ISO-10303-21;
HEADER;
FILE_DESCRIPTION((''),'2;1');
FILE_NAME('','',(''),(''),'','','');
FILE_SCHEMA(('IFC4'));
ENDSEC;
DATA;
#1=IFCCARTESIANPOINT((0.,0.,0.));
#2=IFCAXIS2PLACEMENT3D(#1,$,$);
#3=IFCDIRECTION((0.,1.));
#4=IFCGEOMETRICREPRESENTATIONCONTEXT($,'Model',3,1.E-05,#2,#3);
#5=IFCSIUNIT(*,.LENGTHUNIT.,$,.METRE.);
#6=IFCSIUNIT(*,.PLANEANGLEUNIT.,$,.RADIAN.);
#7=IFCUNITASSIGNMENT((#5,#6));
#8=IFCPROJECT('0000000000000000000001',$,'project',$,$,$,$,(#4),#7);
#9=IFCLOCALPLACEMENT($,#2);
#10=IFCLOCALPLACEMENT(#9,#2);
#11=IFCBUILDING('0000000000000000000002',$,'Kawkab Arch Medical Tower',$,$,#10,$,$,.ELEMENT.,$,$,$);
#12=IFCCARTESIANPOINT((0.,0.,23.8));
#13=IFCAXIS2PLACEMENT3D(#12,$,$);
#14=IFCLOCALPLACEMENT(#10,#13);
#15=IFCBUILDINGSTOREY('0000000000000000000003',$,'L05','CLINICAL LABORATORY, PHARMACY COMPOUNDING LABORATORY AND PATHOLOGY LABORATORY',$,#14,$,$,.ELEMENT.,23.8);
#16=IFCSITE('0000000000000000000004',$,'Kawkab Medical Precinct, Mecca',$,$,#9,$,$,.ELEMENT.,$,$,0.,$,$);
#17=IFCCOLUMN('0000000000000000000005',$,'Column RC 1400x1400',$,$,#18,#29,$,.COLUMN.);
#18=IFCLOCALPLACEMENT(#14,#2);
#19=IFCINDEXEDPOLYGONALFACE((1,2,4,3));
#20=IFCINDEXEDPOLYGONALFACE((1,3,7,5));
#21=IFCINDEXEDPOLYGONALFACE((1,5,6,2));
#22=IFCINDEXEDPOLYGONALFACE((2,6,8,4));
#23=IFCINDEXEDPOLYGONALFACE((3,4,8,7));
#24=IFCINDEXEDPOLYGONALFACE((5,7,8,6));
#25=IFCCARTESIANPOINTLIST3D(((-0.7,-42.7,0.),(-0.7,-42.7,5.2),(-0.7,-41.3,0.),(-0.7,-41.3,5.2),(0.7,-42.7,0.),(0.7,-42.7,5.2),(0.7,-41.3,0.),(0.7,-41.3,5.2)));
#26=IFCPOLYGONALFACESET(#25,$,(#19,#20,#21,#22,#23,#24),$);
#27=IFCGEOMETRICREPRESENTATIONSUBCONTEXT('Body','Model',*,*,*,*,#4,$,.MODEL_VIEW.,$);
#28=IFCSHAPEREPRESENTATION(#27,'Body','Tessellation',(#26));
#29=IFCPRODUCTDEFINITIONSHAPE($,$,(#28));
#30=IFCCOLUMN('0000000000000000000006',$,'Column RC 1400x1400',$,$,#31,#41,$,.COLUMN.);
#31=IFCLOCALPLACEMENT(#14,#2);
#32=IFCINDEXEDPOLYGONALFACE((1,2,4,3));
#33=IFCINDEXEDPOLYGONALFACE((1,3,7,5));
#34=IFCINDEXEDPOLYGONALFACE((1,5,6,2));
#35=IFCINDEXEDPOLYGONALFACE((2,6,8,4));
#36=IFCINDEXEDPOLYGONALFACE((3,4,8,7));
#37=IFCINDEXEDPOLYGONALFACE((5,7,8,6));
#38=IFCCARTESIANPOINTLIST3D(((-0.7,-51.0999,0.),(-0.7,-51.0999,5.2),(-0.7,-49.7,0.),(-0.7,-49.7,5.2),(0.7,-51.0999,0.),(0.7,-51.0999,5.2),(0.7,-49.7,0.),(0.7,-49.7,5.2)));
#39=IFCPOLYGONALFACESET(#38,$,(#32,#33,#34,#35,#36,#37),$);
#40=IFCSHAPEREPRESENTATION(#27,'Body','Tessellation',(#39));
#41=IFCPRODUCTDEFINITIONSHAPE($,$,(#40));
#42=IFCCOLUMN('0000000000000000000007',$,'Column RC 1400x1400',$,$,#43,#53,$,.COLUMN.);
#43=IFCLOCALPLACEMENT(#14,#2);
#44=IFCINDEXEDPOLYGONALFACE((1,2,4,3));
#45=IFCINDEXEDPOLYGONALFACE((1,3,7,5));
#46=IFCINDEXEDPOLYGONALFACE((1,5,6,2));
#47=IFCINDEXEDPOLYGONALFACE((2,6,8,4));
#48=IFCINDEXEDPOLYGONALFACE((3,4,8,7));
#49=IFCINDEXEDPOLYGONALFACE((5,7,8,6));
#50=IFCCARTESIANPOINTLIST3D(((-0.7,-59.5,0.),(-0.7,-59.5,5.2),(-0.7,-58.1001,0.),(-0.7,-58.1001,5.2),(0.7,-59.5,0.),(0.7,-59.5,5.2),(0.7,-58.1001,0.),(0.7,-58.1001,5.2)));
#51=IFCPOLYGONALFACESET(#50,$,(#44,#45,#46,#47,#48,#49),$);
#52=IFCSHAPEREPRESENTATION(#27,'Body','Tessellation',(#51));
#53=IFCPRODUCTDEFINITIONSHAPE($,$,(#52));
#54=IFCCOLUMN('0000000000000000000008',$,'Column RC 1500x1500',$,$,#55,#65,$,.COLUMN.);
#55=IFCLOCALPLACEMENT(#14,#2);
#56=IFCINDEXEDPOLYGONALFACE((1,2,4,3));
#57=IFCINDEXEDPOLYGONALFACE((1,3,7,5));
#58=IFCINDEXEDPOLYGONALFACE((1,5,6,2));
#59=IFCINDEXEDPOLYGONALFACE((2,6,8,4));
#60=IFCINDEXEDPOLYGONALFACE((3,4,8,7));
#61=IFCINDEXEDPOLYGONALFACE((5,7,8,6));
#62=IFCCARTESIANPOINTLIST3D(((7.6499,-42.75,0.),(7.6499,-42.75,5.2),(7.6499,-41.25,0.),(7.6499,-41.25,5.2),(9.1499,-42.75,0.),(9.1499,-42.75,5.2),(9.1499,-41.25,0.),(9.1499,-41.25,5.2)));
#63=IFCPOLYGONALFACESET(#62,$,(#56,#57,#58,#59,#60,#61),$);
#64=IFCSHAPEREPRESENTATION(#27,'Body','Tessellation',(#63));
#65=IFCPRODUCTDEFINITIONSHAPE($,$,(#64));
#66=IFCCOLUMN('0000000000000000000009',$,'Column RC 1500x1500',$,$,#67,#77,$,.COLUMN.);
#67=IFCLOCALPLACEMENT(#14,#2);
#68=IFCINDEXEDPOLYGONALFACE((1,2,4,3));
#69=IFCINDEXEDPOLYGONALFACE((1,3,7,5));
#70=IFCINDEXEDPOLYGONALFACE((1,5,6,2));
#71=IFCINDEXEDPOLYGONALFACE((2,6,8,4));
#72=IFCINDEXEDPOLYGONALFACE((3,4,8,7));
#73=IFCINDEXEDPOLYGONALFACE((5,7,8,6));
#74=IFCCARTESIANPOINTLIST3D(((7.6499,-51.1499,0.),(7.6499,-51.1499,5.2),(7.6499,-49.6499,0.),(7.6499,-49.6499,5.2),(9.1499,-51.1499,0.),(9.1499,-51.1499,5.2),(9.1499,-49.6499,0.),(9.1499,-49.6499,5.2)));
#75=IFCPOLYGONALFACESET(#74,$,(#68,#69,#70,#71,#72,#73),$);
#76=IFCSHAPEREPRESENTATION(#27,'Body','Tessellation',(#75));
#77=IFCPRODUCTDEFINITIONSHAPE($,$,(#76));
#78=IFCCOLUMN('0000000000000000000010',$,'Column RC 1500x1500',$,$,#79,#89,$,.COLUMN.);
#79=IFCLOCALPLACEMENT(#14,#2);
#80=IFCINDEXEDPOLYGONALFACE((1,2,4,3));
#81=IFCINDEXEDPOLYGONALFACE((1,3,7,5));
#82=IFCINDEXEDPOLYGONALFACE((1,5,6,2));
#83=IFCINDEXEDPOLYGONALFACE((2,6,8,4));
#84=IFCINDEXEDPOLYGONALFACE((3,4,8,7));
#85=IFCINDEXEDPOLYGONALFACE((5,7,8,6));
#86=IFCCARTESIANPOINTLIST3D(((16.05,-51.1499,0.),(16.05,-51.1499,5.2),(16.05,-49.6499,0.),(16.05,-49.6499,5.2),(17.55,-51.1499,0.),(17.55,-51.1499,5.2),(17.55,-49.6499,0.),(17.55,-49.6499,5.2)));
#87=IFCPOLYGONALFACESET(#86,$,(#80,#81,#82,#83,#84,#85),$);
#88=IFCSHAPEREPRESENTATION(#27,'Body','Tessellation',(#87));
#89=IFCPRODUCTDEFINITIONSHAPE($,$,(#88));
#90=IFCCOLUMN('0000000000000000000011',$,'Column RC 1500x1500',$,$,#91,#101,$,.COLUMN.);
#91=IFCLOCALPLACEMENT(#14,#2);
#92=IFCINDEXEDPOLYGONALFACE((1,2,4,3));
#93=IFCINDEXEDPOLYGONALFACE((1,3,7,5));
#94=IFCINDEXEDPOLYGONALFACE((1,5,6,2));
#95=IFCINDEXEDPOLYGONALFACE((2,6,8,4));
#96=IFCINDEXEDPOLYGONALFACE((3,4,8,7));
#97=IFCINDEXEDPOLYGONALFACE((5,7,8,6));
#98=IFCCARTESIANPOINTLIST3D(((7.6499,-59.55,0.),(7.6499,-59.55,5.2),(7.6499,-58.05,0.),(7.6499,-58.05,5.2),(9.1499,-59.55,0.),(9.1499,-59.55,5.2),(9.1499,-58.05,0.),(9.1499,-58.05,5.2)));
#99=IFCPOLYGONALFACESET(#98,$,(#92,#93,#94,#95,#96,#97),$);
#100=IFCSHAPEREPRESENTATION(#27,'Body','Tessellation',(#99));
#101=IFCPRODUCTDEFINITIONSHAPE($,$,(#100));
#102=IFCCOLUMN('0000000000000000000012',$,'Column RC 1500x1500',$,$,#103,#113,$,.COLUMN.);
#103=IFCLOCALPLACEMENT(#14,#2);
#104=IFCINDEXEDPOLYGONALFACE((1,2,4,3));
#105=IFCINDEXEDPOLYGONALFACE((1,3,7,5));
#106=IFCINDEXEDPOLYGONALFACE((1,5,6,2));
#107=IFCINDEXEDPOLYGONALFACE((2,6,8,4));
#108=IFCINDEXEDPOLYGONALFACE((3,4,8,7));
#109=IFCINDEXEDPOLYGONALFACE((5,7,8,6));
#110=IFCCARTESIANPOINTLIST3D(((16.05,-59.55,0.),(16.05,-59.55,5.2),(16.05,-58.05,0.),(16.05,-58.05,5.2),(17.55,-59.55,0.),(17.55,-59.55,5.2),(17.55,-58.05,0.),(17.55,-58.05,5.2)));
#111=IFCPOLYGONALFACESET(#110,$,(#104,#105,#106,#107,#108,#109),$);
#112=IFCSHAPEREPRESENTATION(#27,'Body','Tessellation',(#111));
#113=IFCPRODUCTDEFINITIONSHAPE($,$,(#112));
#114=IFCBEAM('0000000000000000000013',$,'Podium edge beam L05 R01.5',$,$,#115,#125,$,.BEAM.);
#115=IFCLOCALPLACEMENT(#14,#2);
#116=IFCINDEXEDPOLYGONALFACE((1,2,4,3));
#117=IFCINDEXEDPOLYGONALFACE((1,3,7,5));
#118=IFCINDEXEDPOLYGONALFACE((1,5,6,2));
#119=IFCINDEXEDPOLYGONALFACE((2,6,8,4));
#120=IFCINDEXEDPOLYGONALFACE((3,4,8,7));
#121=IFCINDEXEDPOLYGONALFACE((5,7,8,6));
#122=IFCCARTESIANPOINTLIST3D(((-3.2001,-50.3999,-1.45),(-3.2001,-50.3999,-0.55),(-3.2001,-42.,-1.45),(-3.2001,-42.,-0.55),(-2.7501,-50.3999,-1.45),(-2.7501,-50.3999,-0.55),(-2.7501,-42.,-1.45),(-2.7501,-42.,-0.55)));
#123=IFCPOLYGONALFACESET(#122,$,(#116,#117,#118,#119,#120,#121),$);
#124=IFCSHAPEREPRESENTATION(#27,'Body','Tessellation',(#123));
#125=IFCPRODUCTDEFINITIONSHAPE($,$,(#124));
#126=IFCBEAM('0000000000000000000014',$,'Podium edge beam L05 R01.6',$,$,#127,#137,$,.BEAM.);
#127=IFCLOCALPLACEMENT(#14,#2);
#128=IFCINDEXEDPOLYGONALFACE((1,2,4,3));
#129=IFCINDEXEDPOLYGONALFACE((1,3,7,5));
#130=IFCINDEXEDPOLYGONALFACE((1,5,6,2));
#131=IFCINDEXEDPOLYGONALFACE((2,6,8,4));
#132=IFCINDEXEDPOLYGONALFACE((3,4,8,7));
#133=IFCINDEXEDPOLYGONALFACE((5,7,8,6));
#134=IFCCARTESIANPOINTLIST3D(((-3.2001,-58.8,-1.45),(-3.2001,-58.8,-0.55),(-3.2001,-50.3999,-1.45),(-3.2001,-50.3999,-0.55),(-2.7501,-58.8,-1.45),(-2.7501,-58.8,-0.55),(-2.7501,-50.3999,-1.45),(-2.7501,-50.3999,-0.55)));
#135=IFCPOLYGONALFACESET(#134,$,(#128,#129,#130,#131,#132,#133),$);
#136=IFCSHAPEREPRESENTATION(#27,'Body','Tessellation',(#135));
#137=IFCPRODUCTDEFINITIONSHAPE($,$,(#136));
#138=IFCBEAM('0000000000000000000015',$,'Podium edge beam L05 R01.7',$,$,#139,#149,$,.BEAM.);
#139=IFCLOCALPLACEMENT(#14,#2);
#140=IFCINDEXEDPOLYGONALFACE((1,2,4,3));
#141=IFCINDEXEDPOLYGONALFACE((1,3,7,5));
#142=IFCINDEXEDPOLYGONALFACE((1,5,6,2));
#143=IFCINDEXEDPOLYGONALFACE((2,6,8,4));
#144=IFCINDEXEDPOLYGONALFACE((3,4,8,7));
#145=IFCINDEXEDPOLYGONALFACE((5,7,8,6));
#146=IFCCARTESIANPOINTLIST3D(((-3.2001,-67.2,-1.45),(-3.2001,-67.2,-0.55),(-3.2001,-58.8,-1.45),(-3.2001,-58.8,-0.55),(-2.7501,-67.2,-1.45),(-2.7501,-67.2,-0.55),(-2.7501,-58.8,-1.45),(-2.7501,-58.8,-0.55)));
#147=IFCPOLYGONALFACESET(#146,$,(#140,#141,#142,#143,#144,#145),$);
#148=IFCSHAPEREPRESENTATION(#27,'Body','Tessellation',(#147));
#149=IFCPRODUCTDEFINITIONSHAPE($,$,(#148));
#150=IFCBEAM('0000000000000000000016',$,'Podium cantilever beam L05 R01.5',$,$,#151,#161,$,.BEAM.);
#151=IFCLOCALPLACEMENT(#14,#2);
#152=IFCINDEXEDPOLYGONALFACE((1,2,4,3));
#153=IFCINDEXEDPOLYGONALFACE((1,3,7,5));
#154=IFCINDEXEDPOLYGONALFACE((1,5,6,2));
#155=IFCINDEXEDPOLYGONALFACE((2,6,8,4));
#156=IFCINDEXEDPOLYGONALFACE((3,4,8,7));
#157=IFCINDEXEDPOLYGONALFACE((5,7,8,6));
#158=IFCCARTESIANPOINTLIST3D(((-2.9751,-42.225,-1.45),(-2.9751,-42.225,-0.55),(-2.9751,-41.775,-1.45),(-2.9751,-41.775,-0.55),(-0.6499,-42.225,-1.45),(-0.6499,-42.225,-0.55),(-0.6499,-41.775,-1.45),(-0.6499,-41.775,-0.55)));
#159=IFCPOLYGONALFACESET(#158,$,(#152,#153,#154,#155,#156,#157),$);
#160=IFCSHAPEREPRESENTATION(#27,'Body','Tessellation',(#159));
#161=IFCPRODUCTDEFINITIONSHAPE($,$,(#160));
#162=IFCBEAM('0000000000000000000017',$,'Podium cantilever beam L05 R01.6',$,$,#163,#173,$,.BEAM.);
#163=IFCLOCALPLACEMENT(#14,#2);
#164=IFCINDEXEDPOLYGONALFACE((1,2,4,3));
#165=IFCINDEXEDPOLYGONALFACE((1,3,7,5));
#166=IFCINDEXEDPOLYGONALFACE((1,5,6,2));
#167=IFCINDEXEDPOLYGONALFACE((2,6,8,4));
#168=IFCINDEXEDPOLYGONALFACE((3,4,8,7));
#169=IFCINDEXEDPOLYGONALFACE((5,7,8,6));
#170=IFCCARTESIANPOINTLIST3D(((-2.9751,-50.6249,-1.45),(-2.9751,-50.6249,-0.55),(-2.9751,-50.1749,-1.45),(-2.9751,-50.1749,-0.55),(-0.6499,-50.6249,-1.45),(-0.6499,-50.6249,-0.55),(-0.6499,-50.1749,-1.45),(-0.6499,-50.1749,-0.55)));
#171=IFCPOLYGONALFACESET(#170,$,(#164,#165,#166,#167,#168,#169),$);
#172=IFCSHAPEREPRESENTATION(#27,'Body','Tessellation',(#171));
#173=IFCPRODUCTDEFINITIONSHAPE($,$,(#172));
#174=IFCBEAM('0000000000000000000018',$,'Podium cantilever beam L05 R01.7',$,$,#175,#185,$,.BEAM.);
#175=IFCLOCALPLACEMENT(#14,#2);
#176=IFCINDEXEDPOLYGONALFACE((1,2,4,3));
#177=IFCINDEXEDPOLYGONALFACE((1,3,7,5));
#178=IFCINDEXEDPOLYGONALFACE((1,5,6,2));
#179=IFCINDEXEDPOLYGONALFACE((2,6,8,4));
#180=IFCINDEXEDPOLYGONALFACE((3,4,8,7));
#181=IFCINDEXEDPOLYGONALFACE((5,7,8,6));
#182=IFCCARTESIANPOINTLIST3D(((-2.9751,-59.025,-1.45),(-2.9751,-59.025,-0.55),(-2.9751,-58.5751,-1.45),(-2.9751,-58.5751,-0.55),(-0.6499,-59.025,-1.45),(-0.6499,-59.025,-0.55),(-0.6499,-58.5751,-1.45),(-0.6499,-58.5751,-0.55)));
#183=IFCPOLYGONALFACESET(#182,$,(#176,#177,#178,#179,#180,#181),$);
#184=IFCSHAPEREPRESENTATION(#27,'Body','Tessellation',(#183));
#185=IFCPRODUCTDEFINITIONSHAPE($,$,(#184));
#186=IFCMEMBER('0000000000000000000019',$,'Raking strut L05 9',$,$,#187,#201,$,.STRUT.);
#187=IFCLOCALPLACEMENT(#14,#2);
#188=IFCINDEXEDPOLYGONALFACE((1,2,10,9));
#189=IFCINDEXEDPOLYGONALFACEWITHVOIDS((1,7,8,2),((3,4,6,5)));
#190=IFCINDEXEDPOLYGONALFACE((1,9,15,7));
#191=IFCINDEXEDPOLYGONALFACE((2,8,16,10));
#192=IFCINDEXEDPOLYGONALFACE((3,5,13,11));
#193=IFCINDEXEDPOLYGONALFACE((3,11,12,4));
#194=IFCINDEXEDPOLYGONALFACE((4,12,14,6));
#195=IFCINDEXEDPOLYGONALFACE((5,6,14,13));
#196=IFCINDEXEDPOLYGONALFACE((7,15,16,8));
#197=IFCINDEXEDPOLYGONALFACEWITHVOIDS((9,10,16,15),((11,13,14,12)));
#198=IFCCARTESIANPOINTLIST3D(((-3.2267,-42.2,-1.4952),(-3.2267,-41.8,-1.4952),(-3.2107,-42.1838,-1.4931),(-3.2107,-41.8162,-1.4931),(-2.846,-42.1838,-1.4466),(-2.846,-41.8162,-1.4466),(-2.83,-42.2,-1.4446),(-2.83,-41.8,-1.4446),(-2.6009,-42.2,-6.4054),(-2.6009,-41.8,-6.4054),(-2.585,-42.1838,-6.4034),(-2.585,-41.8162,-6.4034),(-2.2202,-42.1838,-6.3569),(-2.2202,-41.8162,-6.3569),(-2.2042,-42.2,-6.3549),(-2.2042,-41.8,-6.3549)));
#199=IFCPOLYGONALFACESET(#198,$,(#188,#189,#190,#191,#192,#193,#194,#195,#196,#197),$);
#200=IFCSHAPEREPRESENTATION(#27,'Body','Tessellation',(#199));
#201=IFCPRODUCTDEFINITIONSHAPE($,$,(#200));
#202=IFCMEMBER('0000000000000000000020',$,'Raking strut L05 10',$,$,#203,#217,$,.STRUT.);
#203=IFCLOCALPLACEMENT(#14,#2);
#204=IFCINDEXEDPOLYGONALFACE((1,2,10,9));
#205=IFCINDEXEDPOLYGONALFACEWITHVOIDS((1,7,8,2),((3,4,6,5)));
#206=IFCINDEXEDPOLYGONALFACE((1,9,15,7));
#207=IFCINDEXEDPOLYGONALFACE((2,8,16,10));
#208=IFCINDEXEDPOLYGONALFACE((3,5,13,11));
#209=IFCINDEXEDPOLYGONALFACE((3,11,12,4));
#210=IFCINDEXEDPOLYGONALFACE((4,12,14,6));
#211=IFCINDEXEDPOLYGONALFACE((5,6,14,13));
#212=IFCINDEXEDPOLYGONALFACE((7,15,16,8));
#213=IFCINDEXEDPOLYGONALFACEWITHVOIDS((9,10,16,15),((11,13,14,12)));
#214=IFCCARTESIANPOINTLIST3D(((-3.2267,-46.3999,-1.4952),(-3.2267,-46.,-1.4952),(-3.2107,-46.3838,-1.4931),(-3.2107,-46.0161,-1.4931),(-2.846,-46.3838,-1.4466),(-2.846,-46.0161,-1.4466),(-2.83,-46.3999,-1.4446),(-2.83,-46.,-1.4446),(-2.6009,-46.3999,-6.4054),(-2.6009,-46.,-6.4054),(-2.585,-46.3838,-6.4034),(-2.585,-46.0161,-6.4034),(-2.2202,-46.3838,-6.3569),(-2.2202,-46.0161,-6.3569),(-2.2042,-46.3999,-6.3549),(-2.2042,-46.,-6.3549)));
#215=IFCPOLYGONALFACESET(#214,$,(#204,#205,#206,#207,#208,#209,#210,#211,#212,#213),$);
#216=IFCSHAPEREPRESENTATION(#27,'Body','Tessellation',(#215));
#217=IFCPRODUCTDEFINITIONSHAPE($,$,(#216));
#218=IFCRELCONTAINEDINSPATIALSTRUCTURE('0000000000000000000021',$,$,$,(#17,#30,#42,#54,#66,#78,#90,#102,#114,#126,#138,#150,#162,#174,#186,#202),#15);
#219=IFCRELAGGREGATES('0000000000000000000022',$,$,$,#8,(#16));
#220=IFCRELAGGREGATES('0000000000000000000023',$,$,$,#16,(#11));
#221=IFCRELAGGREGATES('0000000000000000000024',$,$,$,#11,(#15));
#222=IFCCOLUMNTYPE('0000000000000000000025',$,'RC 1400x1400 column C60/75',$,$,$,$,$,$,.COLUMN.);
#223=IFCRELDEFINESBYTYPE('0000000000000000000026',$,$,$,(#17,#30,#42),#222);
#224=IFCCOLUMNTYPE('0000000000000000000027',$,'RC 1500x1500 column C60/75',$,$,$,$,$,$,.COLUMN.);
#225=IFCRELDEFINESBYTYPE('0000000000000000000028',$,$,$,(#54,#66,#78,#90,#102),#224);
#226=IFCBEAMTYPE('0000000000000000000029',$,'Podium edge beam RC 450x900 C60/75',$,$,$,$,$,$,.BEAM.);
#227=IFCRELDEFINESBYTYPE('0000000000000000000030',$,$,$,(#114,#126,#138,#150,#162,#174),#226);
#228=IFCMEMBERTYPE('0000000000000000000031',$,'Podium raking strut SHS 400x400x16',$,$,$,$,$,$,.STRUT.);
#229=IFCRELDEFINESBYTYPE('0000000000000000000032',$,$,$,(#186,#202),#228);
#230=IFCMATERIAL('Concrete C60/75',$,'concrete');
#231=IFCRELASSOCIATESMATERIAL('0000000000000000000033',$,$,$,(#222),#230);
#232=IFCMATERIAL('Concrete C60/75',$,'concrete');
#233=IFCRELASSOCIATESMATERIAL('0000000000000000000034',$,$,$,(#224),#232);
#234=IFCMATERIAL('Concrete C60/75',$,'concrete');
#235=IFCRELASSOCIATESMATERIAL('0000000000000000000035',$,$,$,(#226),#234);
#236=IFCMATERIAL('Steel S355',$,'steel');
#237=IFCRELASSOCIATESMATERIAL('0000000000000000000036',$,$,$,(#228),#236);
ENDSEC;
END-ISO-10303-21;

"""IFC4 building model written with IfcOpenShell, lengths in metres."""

from ifc_helpers import new_model, si_unit, direction, frame, origin, origin_2d, place, context, subcontext, project, spatial, rectangle, hollow_rectangle, extrude, material, material_profile, profile_set, type_object, element, save


model = new_model("IFC4")

# Units and contexts
model_context = context("Model", 3, precision=1e-05, world=origin(), true_north=direction((0.0, 1.0)))
body_context = subcontext(model_context, "Body", "Model", "MODEL_VIEW")
ifc_project = project(units=[si_unit("LENGTHUNIT", "METRE"), si_unit("PLANEANGLEUNIT", "RADIAN")], contexts=[model_context])

# Site, building, storey
site_placement = place(None, origin())
site = spatial("IfcSite", under=ifc_project, at=site_placement, Name="Kawkab Medical Precinct, Mecca", CompositionType="ELEMENT", RefElevation=0.0)
building_placement = place(site_placement, origin())
building = spatial("IfcBuilding", under=site, at=building_placement, Name="Kawkab Arch Medical Tower", CompositionType="ELEMENT")
storey_placement = place(building_placement, frame((0.0, 0.0, 23.8)))
storey = spatial("IfcBuildingStorey", under=building, at=storey_placement, Name="L05", Description="CLINICAL LABORATORY, PHARMACY COMPOUNDING LABORATORY AND PATHOLOGY LABORATORY", CompositionType="ELEMENT", Elevation=23.8)

# Columns
ifc_material_1 = material(Name="Concrete C60/75", Category="concrete")
ifc_material_profile_1 = material_profile(ifc_material_1, rectangle(XDim=1.3999, YDim=1.3999, at=origin_2d()), Name="RC 1400x1400")
ifc_profile_set_1 = profile_set([ifc_material_profile_1], Name="Concrete C60/75")
column_type_1 = type_object("IfcColumnType", Name="RC 1400x1400 column C60/75", PredefinedType="COLUMN", material=ifc_profile_set_1)
for number, where, z_axis, x_axis, name in (
    (1, (0.0, -42.0, 0.0), (0.0, 0.0, 1.0), (1.0, 0.0, 0.0), "Column RC 1400x1400"),
    (2, (0.0, -50.3999, 0.0), (0.0, 0.0, 1.0), (1.0, 0.0, 0.0), "Column RC 1400x1400"),
    (3, (0.0, -58.8, 0.0), (0.0, 0.0, 1.0), (1.0, 0.0, 0.0), "Column RC 1400x1400"),
):
    element("IfcColumn", number, at=place(storey_placement, frame(where, z_axis=z_axis, x_axis=x_axis)), inside=storey, type_object=column_type_1, Name=name, PredefinedType="COLUMN", context=body_context, shape_type="SweptSolid", body=[
        extrude(rectangle(XDim=1.3999, YDim=1.3999, at=origin_2d()), origin(), (0.0, 0.0, 1.0), 5.2),
    ])
ifc_material_2 = material(Name="Concrete C60/75", Category="concrete")
ifc_material_profile_2 = material_profile(ifc_material_2, rectangle(XDim=1.5, YDim=1.5, at=origin_2d()), Name="RC 1500x1500")
ifc_profile_set_2 = profile_set([ifc_material_profile_2], Name="Concrete C60/75")
column_type_2 = type_object("IfcColumnType", Name="RC 1500x1500 column C60/75", PredefinedType="COLUMN", material=ifc_profile_set_2)
for number, where, z_axis, x_axis, name in (
    (4, (8.3999, -42.0, 0.0), (0.0, 0.0, 1.0), (1.0, 0.0, 0.0), "Column RC 1500x1500"),
    (5, (8.3999, -50.3999, 0.0), (0.0, 0.0, 1.0), (1.0, 0.0, 0.0), "Column RC 1500x1500"),
    (6, (16.8, -50.3999, 0.0), (0.0, 0.0, 1.0), (1.0, 0.0, 0.0), "Column RC 1500x1500"),
    (7, (8.3999, -58.8, 0.0), (0.0, 0.0, 1.0), (1.0, 0.0, 0.0), "Column RC 1500x1500"),
    (8, (16.8, -58.8, 0.0), (0.0, 0.0, 1.0), (1.0, 0.0, 0.0), "Column RC 1500x1500"),
):
    element("IfcColumn", number, at=place(storey_placement, frame(where, z_axis=z_axis, x_axis=x_axis)), inside=storey, type_object=column_type_2, Name=name, PredefinedType="COLUMN", context=body_context, shape_type="SweptSolid", body=[
        extrude(rectangle(XDim=1.5, YDim=1.5, at=origin_2d()), origin(), (0.0, 0.0, 1.0), 5.2),
    ])

# Beams
ifc_material_3 = material(Name="Concrete C60/75", Category="concrete")
ifc_material_profile_3 = material_profile(ifc_material_3, rectangle(XDim=0.45, YDim=0.8999, at=origin_2d()), Name="RC 450x900")
ifc_profile_set_3 = profile_set([ifc_material_profile_3], Name="Concrete C60/75")
beam_type_1 = type_object("IfcBeamType", Name="Podium edge beam RC 450x900 C60/75", PredefinedType="BEAM", material=ifc_profile_set_3)
beam_1_placement = place(storey_placement, frame((-2.9751, -42.0, -1.0), z_axis=(0.0, -1.0, 0.0), x_axis=(1.0, 0.0, 0.0)))
element("IfcBeam", 9, at=beam_1_placement, inside=storey, type_object=beam_type_1, Name="Podium edge beam L05 R01.5", PredefinedType="BEAM", context=body_context, shape_type="SweptSolid", body=[
    extrude(rectangle(XDim=0.45, YDim=0.8999, at=origin_2d()), origin(), (0.0, 0.0, 1.0), 8.3999),
])
beam_2_placement = place(storey_placement, frame((-2.9751, -50.3999, -1.0), z_axis=(0.0, -1.0, 0.0), x_axis=(1.0, 0.0, 0.0)))
element("IfcBeam", 10, at=beam_2_placement, inside=storey, type_object=beam_type_1, Name="Podium edge beam L05 R01.6", PredefinedType="BEAM", context=body_context, shape_type="SweptSolid", body=[
    extrude(rectangle(XDim=0.45, YDim=0.8999, at=origin_2d()), origin(), (0.0, 0.0, 1.0), 8.4001),
])
beam_3_placement = place(storey_placement, frame((-2.9751, -58.8, -1.0), z_axis=(0.0, -1.0, 0.0), x_axis=(1.0, 0.0, 0.0)))
element("IfcBeam", 11, at=beam_3_placement, inside=storey, type_object=beam_type_1, Name="Podium edge beam L05 R01.7", PredefinedType="BEAM", context=body_context, shape_type="SweptSolid", body=[
    extrude(rectangle(XDim=0.45, YDim=0.8999, at=origin_2d()), origin(), (0.0, 0.0, 1.0), 8.3999),
])
for number, where, z_axis, x_axis, name in (
    (12, (-0.6499, -42.0, -1.0), (-1.0, 0.0, 0.0), (0.0, -1.0, 0.0), "Podium cantilever beam L05 R01.5"),
    (13, (-0.6499, -50.3999, -1.0), (-1.0, 0.0, 0.0), (0.0, -1.0, 0.0), "Podium cantilever beam L05 R01.6"),
    (14, (-0.6499, -58.8, -1.0), (-1.0, 0.0, 0.0), (0.0, -1.0, 0.0), "Podium cantilever beam L05 R01.7"),
):
    element("IfcBeam", number, at=place(storey_placement, frame(where, z_axis=z_axis, x_axis=x_axis)), inside=storey, type_object=beam_type_1, Name=name, PredefinedType="BEAM", context=body_context, shape_type="SweptSolid", body=[
        extrude(rectangle(XDim=0.45, YDim=0.8999, at=origin_2d()), origin(), (0.0, 0.0, 1.0), 2.3252),
    ])

# Members
ifc_material_4 = material(Name="Steel S355", Category="steel")
ifc_material_profile_4 = material_profile(ifc_material_4, hollow_rectangle(XDim=0.3999, YDim=0.3999, WallThickness=0.0161, at=origin_2d()), Name="SHS 400x400x16")
ifc_profile_set_4 = profile_set([ifc_material_profile_4], Name="Steel S355")
member_type = type_object("IfcMemberType", Name="Podium raking strut SHS 400x400x16", PredefinedType="STRUT", material=ifc_profile_set_4)
for number, where, z_axis, x_axis, name in (
    (15, (-2.4026, -42.0, -6.3801), (-0.126414, 0.0, 0.991978), (0.0, -1.0, 0.0), "Raking strut L05 9"),
    (16, (-2.4026, -46.2, -6.3801), (-0.126414, 0.0, 0.991978), (0.0, -1.0, 0.0), "Raking strut L05 10"),
):
    element("IfcMember", number, at=place(storey_placement, frame(where, z_axis=z_axis, x_axis=x_axis)), inside=storey, type_object=member_type, Name=name, PredefinedType="STRUT", context=body_context, shape_type="SweptSolid", body=[
        extrude(hollow_rectangle(XDim=0.3999, YDim=0.3999, WallThickness=0.0161, at=origin_2d()), origin(), (0.0, 0.0, 1.0), 4.95),
    ])

save(model, "model.ifc")
